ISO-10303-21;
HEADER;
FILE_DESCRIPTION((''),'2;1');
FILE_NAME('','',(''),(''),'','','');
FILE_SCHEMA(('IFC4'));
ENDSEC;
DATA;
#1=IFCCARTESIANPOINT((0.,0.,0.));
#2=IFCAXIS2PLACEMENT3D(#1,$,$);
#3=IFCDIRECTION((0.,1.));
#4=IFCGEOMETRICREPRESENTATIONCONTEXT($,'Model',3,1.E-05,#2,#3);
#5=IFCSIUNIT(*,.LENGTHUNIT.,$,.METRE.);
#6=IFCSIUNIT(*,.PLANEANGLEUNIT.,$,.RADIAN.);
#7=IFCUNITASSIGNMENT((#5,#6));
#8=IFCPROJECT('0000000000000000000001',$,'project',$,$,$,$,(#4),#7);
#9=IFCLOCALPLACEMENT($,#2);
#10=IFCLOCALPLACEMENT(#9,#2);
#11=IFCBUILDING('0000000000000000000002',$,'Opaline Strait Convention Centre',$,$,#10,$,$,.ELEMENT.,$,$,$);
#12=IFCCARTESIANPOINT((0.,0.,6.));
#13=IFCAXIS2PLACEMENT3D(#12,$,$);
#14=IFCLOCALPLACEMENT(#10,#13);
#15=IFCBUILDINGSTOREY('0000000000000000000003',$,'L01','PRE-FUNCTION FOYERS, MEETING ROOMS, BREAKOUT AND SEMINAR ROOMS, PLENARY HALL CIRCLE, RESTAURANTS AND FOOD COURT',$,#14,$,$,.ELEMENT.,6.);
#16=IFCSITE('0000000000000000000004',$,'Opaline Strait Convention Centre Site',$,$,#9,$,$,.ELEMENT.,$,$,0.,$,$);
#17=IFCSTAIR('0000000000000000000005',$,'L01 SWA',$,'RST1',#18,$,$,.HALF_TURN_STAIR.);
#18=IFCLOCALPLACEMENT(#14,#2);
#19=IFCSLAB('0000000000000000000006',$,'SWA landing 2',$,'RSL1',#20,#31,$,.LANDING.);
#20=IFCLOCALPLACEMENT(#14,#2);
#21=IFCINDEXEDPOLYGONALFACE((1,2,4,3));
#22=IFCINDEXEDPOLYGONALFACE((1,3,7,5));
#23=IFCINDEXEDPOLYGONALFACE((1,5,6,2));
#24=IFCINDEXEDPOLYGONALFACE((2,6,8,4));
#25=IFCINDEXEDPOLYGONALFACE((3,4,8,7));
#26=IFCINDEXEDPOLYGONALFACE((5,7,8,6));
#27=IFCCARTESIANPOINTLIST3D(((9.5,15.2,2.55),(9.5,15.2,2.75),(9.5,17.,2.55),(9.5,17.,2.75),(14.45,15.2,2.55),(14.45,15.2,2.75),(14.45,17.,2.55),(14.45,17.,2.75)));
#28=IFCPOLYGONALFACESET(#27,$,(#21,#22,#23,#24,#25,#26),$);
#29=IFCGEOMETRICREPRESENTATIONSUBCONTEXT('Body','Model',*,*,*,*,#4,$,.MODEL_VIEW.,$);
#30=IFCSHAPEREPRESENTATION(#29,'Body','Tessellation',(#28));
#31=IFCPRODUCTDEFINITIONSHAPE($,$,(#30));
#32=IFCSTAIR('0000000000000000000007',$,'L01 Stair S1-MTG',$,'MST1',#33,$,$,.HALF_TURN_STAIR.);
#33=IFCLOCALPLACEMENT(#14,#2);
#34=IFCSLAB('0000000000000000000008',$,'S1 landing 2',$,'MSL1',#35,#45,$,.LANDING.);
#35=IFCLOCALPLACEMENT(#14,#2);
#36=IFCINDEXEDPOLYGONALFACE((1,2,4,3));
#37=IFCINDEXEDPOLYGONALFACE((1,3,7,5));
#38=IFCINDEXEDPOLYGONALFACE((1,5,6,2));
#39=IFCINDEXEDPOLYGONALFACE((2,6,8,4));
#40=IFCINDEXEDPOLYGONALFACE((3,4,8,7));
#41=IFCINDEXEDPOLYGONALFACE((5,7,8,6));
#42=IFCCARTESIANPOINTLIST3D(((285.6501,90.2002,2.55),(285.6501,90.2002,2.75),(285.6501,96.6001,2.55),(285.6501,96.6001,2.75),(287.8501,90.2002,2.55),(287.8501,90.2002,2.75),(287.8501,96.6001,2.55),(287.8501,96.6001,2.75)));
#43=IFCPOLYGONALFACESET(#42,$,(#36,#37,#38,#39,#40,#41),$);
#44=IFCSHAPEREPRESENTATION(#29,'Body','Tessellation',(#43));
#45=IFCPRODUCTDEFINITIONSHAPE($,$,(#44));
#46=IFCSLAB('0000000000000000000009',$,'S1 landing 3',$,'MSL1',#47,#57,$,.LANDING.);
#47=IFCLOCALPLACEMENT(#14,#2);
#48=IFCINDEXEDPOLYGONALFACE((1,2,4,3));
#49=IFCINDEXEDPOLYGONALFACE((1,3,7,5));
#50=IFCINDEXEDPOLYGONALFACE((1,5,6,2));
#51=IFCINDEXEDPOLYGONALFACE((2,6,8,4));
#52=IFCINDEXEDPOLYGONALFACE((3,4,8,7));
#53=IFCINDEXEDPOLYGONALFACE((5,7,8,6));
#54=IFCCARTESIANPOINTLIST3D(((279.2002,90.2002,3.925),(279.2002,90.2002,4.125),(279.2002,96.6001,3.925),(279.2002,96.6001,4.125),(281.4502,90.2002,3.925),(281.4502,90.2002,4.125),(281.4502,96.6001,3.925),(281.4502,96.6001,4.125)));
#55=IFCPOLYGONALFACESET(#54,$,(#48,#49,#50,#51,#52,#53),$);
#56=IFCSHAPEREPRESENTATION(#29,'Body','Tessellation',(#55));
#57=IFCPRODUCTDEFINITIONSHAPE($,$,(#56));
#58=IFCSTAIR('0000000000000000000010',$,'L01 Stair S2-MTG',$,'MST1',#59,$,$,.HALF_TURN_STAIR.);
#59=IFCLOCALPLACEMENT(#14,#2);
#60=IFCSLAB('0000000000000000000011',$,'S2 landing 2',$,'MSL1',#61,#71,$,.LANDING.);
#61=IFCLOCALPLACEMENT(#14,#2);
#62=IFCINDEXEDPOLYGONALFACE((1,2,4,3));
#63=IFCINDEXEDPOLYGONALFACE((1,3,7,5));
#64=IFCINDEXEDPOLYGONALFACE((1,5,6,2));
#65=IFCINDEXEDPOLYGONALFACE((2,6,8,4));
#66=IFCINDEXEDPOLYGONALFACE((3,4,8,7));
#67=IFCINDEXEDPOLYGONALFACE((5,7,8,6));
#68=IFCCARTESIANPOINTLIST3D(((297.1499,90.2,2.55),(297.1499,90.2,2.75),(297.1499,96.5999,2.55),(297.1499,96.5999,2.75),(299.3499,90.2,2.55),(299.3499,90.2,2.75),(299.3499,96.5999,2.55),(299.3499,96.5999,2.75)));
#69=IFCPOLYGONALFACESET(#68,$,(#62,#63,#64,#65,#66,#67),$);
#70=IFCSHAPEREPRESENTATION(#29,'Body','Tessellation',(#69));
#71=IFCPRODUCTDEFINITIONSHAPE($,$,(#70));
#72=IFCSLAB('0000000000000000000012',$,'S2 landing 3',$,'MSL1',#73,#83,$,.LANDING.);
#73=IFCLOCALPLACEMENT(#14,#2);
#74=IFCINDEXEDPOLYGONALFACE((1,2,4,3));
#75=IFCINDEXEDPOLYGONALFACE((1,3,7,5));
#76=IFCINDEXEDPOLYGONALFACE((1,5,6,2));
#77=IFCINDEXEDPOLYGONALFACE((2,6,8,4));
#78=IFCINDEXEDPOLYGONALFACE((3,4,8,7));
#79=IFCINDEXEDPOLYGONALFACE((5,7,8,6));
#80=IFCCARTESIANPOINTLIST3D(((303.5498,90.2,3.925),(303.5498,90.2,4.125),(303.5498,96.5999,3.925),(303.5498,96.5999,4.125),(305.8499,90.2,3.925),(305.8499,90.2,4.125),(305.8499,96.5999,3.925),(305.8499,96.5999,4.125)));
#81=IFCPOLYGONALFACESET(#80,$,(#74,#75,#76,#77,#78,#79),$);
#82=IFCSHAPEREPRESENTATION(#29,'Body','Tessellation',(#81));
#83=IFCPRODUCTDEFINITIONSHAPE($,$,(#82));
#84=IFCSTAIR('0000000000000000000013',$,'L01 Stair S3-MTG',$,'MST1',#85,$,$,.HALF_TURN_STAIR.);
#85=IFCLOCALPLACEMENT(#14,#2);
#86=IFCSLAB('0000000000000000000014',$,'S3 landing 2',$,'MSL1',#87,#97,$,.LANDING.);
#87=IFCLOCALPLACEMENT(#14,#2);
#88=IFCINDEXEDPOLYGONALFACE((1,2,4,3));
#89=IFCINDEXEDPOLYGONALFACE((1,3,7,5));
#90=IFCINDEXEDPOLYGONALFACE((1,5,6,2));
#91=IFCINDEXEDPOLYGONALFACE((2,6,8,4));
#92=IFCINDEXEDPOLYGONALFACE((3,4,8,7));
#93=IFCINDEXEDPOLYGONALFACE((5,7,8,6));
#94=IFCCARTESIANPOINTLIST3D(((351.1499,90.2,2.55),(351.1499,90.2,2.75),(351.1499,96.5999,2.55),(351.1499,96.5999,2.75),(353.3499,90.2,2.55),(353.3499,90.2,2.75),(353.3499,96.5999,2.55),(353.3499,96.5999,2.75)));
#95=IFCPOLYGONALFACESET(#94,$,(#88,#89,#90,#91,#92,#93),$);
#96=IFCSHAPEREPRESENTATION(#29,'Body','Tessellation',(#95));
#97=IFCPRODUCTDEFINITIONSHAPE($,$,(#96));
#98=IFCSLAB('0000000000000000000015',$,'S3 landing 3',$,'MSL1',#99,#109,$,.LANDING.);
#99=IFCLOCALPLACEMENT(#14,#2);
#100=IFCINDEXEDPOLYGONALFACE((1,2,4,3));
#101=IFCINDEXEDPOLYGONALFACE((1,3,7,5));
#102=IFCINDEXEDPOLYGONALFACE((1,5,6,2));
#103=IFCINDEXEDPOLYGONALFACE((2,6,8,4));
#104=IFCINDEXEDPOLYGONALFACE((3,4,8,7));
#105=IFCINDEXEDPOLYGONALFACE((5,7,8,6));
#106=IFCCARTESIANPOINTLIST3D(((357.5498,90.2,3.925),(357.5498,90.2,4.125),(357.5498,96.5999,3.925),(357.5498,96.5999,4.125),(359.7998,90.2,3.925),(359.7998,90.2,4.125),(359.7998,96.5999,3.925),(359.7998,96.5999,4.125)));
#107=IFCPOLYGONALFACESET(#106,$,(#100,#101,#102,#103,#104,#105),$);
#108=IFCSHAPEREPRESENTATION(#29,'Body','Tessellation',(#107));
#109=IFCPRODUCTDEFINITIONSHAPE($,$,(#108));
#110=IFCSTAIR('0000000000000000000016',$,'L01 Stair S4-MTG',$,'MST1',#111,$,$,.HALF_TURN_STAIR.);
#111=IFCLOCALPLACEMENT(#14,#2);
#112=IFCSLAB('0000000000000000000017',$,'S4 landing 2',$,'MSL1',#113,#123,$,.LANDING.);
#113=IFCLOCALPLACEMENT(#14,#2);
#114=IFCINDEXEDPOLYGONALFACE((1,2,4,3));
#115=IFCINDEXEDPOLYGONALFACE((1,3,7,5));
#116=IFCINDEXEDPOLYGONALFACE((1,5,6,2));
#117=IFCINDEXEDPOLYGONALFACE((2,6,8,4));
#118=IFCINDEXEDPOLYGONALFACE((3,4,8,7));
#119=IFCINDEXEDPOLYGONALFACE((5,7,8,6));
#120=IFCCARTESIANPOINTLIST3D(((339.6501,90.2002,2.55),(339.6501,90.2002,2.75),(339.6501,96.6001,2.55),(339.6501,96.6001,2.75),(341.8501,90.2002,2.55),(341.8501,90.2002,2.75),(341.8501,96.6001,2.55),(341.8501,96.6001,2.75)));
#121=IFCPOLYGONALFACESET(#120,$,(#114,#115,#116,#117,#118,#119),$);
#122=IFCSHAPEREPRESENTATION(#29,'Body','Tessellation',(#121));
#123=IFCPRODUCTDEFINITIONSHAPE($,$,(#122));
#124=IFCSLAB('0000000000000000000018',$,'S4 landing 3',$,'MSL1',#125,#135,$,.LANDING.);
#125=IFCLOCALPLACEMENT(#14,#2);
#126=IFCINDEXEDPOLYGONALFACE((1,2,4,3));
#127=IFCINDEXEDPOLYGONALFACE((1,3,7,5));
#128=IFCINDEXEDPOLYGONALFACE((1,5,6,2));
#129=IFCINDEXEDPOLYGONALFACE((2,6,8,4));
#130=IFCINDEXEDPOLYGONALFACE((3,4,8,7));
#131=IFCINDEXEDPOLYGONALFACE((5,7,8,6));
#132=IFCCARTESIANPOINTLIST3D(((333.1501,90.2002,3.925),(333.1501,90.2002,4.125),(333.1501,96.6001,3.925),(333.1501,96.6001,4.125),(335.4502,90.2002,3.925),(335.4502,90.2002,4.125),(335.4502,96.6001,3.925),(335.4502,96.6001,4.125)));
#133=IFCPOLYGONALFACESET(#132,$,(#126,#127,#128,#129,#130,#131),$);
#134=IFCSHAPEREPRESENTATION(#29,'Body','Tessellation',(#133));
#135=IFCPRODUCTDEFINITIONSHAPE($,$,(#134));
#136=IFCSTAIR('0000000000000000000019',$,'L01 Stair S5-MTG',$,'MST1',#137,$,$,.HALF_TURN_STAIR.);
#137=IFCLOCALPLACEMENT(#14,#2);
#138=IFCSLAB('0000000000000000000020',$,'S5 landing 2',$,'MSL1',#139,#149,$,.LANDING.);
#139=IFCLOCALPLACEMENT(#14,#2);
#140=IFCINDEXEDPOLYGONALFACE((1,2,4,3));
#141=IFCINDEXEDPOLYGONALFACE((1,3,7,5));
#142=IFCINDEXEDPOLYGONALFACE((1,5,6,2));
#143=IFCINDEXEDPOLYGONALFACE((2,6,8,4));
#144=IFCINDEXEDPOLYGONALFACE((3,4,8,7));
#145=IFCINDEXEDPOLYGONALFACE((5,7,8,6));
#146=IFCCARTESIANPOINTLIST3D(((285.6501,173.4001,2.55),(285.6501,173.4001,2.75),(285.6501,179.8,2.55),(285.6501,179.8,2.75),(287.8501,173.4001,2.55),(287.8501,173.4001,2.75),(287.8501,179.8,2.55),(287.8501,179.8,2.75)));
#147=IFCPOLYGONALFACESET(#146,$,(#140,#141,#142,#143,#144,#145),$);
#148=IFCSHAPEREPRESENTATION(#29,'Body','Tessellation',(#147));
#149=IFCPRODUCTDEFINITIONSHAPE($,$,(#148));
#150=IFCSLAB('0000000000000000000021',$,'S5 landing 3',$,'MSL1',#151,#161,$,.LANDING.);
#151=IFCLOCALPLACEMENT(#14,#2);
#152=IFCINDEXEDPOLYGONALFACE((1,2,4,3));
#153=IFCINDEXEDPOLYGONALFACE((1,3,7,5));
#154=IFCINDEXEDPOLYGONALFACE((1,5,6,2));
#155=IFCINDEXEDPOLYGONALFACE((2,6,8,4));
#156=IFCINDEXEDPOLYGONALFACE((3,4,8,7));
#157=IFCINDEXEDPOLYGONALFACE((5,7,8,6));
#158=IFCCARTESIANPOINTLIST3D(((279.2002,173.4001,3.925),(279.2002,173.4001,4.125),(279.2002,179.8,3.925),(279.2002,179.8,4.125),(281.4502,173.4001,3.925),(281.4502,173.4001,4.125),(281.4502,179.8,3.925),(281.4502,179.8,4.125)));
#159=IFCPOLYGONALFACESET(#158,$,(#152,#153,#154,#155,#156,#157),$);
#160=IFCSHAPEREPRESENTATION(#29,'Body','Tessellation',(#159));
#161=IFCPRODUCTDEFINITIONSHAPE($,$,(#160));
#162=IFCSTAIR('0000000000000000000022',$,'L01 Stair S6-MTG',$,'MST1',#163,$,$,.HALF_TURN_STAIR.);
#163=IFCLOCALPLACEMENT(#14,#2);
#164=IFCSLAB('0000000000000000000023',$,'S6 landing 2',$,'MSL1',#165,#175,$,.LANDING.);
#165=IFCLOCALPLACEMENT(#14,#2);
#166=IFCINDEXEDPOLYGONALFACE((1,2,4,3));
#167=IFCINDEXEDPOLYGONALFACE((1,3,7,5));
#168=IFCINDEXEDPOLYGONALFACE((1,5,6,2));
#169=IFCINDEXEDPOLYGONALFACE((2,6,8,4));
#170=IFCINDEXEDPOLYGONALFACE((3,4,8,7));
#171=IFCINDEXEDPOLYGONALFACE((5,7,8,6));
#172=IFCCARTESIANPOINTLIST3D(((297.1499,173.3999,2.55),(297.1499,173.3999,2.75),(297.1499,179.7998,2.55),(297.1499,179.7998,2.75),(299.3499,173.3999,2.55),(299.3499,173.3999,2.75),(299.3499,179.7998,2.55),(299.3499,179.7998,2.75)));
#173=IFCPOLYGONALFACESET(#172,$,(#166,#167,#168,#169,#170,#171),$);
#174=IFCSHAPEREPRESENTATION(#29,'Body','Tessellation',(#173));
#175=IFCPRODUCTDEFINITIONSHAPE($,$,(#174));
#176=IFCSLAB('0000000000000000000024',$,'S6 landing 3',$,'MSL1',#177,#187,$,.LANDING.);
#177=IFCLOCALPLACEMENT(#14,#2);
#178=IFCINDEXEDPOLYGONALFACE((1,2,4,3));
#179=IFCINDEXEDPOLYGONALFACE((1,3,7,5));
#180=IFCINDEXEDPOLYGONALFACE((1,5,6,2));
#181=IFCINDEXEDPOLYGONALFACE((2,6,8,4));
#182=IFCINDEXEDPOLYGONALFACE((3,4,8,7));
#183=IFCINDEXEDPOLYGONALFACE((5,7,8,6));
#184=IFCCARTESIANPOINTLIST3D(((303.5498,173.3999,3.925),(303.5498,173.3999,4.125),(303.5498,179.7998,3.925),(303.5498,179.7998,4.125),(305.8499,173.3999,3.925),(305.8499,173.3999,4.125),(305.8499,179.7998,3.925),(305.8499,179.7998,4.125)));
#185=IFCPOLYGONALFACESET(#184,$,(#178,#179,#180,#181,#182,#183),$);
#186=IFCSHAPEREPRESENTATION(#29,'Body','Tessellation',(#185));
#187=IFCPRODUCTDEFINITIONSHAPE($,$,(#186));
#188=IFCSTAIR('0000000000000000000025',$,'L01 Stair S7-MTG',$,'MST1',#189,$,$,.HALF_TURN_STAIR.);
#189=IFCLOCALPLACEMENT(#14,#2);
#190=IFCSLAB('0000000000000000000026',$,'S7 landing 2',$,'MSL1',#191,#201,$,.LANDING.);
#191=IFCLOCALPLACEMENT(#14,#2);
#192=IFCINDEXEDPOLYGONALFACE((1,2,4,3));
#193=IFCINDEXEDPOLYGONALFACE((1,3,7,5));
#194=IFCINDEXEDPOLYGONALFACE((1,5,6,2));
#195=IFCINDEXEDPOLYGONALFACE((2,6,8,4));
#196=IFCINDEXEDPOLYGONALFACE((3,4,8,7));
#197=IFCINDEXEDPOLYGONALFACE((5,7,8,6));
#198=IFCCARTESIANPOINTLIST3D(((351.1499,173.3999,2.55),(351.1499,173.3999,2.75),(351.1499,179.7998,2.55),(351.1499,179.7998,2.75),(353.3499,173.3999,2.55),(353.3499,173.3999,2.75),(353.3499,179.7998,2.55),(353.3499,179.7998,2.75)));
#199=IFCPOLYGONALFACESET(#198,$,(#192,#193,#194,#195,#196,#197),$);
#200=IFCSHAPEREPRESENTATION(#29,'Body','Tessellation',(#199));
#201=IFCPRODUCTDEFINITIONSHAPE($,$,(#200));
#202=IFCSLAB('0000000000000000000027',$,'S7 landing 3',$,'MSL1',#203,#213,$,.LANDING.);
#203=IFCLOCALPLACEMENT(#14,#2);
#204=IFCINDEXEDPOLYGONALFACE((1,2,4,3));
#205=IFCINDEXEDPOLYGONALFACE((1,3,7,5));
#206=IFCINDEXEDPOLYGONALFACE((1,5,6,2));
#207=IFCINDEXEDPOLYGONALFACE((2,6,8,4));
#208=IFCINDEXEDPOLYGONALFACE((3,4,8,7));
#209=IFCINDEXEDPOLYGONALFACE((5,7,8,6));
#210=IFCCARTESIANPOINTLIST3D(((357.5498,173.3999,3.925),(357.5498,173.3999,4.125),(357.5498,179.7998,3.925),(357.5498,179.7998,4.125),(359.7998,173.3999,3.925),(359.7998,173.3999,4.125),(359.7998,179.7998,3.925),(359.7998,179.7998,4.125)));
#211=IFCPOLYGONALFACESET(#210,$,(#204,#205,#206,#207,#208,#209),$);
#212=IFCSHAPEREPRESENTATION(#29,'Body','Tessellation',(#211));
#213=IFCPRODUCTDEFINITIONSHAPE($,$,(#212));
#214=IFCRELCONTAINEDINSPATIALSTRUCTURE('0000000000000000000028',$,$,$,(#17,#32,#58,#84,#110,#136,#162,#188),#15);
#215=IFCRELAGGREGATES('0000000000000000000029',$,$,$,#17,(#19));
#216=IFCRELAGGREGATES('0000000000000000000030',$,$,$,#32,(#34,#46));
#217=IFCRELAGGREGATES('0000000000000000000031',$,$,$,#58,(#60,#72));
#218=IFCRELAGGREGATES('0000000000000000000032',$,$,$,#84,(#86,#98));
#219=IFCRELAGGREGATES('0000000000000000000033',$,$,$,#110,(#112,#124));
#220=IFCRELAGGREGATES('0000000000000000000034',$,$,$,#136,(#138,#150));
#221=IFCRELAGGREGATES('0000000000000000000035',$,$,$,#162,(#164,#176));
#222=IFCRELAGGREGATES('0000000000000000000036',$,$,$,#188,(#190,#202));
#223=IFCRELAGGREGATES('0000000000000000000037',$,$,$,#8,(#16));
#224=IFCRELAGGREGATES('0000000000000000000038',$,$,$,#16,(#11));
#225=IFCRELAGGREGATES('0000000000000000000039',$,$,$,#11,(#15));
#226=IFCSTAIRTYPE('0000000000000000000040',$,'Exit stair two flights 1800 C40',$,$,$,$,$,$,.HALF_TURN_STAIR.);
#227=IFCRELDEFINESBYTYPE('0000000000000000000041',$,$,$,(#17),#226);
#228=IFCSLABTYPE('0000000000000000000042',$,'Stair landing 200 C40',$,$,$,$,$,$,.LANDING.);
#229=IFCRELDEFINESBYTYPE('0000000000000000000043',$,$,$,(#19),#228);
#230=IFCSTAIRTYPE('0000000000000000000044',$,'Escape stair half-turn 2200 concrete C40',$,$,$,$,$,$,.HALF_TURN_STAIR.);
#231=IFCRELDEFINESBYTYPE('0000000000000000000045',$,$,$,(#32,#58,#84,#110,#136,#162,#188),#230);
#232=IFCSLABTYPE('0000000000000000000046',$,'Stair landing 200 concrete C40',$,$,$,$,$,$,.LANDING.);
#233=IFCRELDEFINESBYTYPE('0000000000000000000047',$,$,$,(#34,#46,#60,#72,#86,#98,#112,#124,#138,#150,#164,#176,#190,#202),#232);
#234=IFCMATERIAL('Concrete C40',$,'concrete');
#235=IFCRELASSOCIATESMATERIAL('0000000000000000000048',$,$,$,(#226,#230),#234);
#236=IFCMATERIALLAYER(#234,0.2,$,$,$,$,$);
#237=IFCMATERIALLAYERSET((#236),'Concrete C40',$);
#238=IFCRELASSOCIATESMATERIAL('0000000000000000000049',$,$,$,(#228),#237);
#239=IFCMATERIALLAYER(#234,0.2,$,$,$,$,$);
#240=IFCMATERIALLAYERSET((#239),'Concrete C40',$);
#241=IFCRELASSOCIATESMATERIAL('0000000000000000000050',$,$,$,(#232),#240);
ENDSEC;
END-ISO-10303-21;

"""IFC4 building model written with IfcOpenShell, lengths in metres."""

from ifc_helpers import new_model, si_unit, direction, frame, origin, place, context, subcontext, project, spatial, polyline, outline, extrude, material, layer, layer_set, type_object, element, aggregate, save


model = new_model("IFC4")

# Units and contexts
model_context = context("Model", 3, precision=1e-05, world=origin(), true_north=direction((0.0, 1.0)))
body_context = subcontext(model_context, "Body", "Model", "MODEL_VIEW")
ifc_project = project(units=[si_unit("LENGTHUNIT", "METRE"), si_unit("PLANEANGLEUNIT", "RADIAN")], contexts=[model_context])

# Site, building, storey
site_placement = place(None, origin())
site = spatial("IfcSite", under=ifc_project, at=site_placement, Name="Opaline Strait Convention Centre Site", CompositionType="ELEMENT", RefElevation=0.0)
building_placement = place(site_placement, origin())
building = spatial("IfcBuilding", under=site, at=building_placement, Name="Opaline Strait Convention Centre", CompositionType="ELEMENT")
storey_placement = place(building_placement, frame((0.0, 0.0, 6.0)))
storey = spatial("IfcBuildingStorey", under=building, at=storey_placement, Name="L01", Description="PRE-FUNCTION FOYERS, MEETING ROOMS, BREAKOUT AND SEMINAR ROOMS, PLENARY HALL CIRCLE, RESTAURANTS AND FOOD COURT", CompositionType="ELEMENT", Elevation=6.0)

# Stair, slab
ifc_material = material(Name="Concrete C40", Category="concrete")
stair_type_1 = type_object("IfcStairType", Name="Exit stair two flights 1800 C40", PredefinedType="HALF_TURN_STAIR", material=ifc_material)
stair_1_placement = place(storey_placement, origin())
stair_1 = element("IfcStair", 1, at=stair_1_placement, inside=storey, type_object=stair_type_1, Name="L01 SWA", ObjectType="RST1", PredefinedType="HALF_TURN_STAIR")
ifc_layer_1 = layer(ifc_material, 0.2)
ifc_layer_set_1 = layer_set([ifc_layer_1], Name="Concrete C40")
slab_type_1 = type_object("IfcSlabType", Name="Stair landing 200 C40", PredefinedType="LANDING", material=ifc_layer_set_1)
slab_1_placement = place(storey_placement, frame((0.0, 0.0, 2.55)))
slab_1 = element("IfcSlab", 2, at=slab_1_placement, type_object=slab_type_1, Name="SWA landing 2", ObjectType="RSL1", PredefinedType="LANDING", context=body_context, shape_type="SweptSolid", body=[
    extrude(outline(polyline([(9.5, 17.0), (9.5, 15.2), (14.45, 15.2), (14.45, 17.0), (9.5, 17.0)])), origin(), (0.0, 0.0, 1.0), 0.2),
])
aggregate(stair_1, [slab_1])

# Stairs, slabs
stair_type_2 = type_object("IfcStairType", Name="Escape stair half-turn 2200 concrete C40", PredefinedType="HALF_TURN_STAIR", material=ifc_material)
stair_2_placement = place(storey_placement, origin())
stair_2 = element("IfcStair", 3, at=stair_2_placement, inside=storey, type_object=stair_type_2, Name="L01 Stair S1-MTG", ObjectType="MST1", PredefinedType="HALF_TURN_STAIR")
ifc_layer_2 = layer(ifc_material, 0.2)
ifc_layer_set_2 = layer_set([ifc_layer_2], Name="Concrete C40")
slab_type_2 = type_object("IfcSlabType", Name="Stair landing 200 concrete C40", PredefinedType="LANDING", material=ifc_layer_set_2)
slab_2_placement = place(storey_placement, frame((0.0, 0.0, 2.55)))
slab_2 = element("IfcSlab", 4, at=slab_2_placement, type_object=slab_type_2, Name="S1 landing 2", ObjectType="MSL1", PredefinedType="LANDING", context=body_context, shape_type="SweptSolid", body=[
    extrude(outline(polyline([(287.8501, 96.6001), (285.6501, 96.6001), (285.6501, 90.2002), (287.8501, 90.2002), (287.8501, 96.6001)])), origin(), (0.0, 0.0, 1.0), 0.2),
])
slab_3_placement = place(storey_placement, frame((0.0, 0.0, 3.925)))
slab_3 = element("IfcSlab", 5, at=slab_3_placement, type_object=slab_type_2, Name="S1 landing 3", ObjectType="MSL1", PredefinedType="LANDING", context=body_context, shape_type="SweptSolid", body=[
    extrude(outline(polyline([(281.4502, 96.6001), (279.2002, 96.6001), (279.2002, 90.2002), (281.4502, 90.2002), (281.4502, 96.6001)])), origin(), (0.0, 0.0, 1.0), 0.2),
])
aggregate(stair_2, [slab_2, slab_3])
stair_3_placement = place(storey_placement, origin())
stair_3 = element("IfcStair", 6, at=stair_3_placement, inside=storey, type_object=stair_type_2, Name="L01 Stair S2-MTG", ObjectType="MST1", PredefinedType="HALF_TURN_STAIR")
slab_4_placement = place(storey_placement, frame((0.0, 0.0, 2.55)))
slab_4 = element("IfcSlab", 7, at=slab_4_placement, type_object=slab_type_2, Name="S2 landing 2", ObjectType="MSL1", PredefinedType="LANDING", context=body_context, shape_type="SweptSolid", body=[
    extrude(outline(polyline([(297.1499, 90.2), (299.3499, 90.2), (299.3499, 96.5999), (297.1499, 96.5999), (297.1499, 90.2)])), origin(), (0.0, 0.0, 1.0), 0.2),
])
slab_5_placement = place(storey_placement, frame((0.0, 0.0, 3.925)))
slab_5 = element("IfcSlab", 8, at=slab_5_placement, type_object=slab_type_2, Name="S2 landing 3", ObjectType="MSL1", PredefinedType="LANDING", context=body_context, shape_type="SweptSolid", body=[
    extrude(outline(polyline([(303.5498, 90.2), (305.8499, 90.2), (305.8499, 96.5999), (303.5498, 96.5999), (303.5498, 90.2)])), origin(), (0.0, 0.0, 1.0), 0.2),
])
aggregate(stair_3, [slab_4, slab_5])
stair_4_placement = place(storey_placement, origin())
stair_4 = element("IfcStair", 9, at=stair_4_placement, inside=storey, type_object=stair_type_2, Name="L01 Stair S3-MTG", ObjectType="MST1", PredefinedType="HALF_TURN_STAIR")
slab_6_placement = place(storey_placement, frame((0.0, 0.0, 2.55)))
slab_6 = element("IfcSlab", 10, at=slab_6_placement, type_object=slab_type_2, Name="S3 landing 2", ObjectType="MSL1", PredefinedType="LANDING", context=body_context, shape_type="SweptSolid", body=[
    extrude(outline(polyline([(351.1499, 90.2), (353.3499, 90.2), (353.3499, 96.5999), (351.1499, 96.5999), (351.1499, 90.2)])), origin(), (0.0, 0.0, 1.0), 0.2),
])
slab_7_placement = place(storey_placement, frame((0.0, 0.0, 3.925)))
slab_7 = element("IfcSlab", 11, at=slab_7_placement, type_object=slab_type_2, Name="S3 landing 3", ObjectType="MSL1", PredefinedType="LANDING", context=body_context, shape_type="SweptSolid", body=[
    extrude(outline(polyline([(357.5498, 90.2), (359.7998, 90.2), (359.7998, 96.5999), (357.5498, 96.5999), (357.5498, 90.2)])), origin(), (0.0, 0.0, 1.0), 0.2),
])
aggregate(stair_4, [slab_6, slab_7])
stair_5_placement = place(storey_placement, origin())
stair_5 = element("IfcStair", 12, at=stair_5_placement, inside=storey, type_object=stair_type_2, Name="L01 Stair S4-MTG", ObjectType="MST1", PredefinedType="HALF_TURN_STAIR")
slab_8_placement = place(storey_placement, frame((0.0, 0.0, 2.55)))
slab_8 = element("IfcSlab", 13, at=slab_8_placement, type_object=slab_type_2, Name="S4 landing 2", ObjectType="MSL1", PredefinedType="LANDING", context=body_context, shape_type="SweptSolid", body=[
    extrude(outline(polyline([(341.8501, 96.6001), (339.6501, 96.6001), (339.6501, 90.2002), (341.8501, 90.2002), (341.8501, 96.6001)])), origin(), (0.0, 0.0, 1.0), 0.2),
])
slab_9_placement = place(storey_placement, frame((0.0, 0.0, 3.925)))
slab_9 = element("IfcSlab", 14, at=slab_9_placement, type_object=slab_type_2, Name="S4 landing 3", ObjectType="MSL1", PredefinedType="LANDING", context=body_context, shape_type="SweptSolid", body=[
    extrude(outline(polyline([(335.4502, 96.6001), (333.1501, 96.6001), (333.1501, 90.2002), (335.4502, 90.2002), (335.4502, 96.6001)])), origin(), (0.0, 0.0, 1.0), 0.2),
])
aggregate(stair_5, [slab_8, slab_9])
stair_6_placement = place(storey_placement, origin())
stair_6 = element("IfcStair", 15, at=stair_6_placement, inside=storey, type_object=stair_type_2, Name="L01 Stair S5-MTG", ObjectType="MST1", PredefinedType="HALF_TURN_STAIR")
slab_10_placement = place(storey_placement, frame((0.0, 0.0, 2.55)))
slab_10 = element("IfcSlab", 16, at=slab_10_placement, type_object=slab_type_2, Name="S5 landing 2", ObjectType="MSL1", PredefinedType="LANDING", context=body_context, shape_type="SweptSolid", body=[
    extrude(outline(polyline([(287.8501, 179.8), (285.6501, 179.8), (285.6501, 173.4001), (287.8501, 173.4001), (287.8501, 179.8)])), origin(), (0.0, 0.0, 1.0), 0.2),
])
slab_11_placement = place(storey_placement, frame((0.0, 0.0, 3.925)))
slab_11 = element("IfcSlab", 17, at=slab_11_placement, type_object=slab_type_2, Name="S5 landing 3", ObjectType="MSL1", PredefinedType="LANDING", context=body_context, shape_type="SweptSolid", body=[
    extrude(outline(polyline([(281.4502, 179.8), (279.2002, 179.8), (279.2002, 173.4001), (281.4502, 173.4001), (281.4502, 179.8)])), origin(), (0.0, 0.0, 1.0), 0.2),
])
aggregate(stair_6, [slab_10, slab_11])
stair_7_placement = place(storey_placement, origin())
stair_7 = element("IfcStair", 18, at=stair_7_placement, inside=storey, type_object=stair_type_2, Name="L01 Stair S6-MTG", ObjectType="MST1", PredefinedType="HALF_TURN_STAIR")
slab_12_placement = place(storey_placement, frame((0.0, 0.0, 2.55)))
slab_12 = element("IfcSlab", 19, at=slab_12_placement, type_object=slab_type_2, Name="S6 landing 2", ObjectType="MSL1", PredefinedType="LANDING", context=body_context, shape_type="SweptSolid", body=[
    extrude(outline(polyline([(297.1499, 173.3999), (299.3499, 173.3999), (299.3499, 179.7998), (297.1499, 179.7998), (297.1499, 173.3999)])), origin(), (0.0, 0.0, 1.0), 0.2),
])
slab_13_placement = place(storey_placement, frame((0.0, 0.0, 3.925)))
slab_13 = element("IfcSlab", 20, at=slab_13_placement, type_object=slab_type_2, Name="S6 landing 3", ObjectType="MSL1", PredefinedType="LANDING", context=body_context, shape_type="SweptSolid", body=[
    extrude(outline(polyline([(303.5498, 173.3999), (305.8499, 173.3999), (305.8499, 179.7998), (303.5498, 179.7998), (303.5498, 173.3999)])), origin(), (0.0, 0.0, 1.0), 0.2),
])
aggregate(stair_7, [slab_12, slab_13])
stair_8_placement = place(storey_placement, origin())
stair_8 = element("IfcStair", 21, at=stair_8_placement, inside=storey, type_object=stair_type_2, Name="L01 Stair S7-MTG", ObjectType="MST1", PredefinedType="HALF_TURN_STAIR")
slab_14_placement = place(storey_placement, frame((0.0, 0.0, 2.55)))
slab_14 = element("IfcSlab", 22, at=slab_14_placement, type_object=slab_type_2, Name="S7 landing 2", ObjectType="MSL1", PredefinedType="LANDING", context=body_context, shape_type="SweptSolid", body=[
    extrude(outline(polyline([(351.1499, 173.3999), (353.3499, 173.3999), (353.3499, 179.7998), (351.1499, 179.7998), (351.1499, 173.3999)])), origin(), (0.0, 0.0, 1.0), 0.2),
])
slab_15_placement = place(storey_placement, frame((0.0, 0.0, 3.925)))
slab_15 = element("IfcSlab", 23, at=slab_15_placement, type_object=slab_type_2, Name="S7 landing 3", ObjectType="MSL1", PredefinedType="LANDING", context=body_context, shape_type="SweptSolid", body=[
    extrude(outline(polyline([(357.5498, 173.3999), (359.7998, 173.3999), (359.7998, 179.7998), (357.5498, 179.7998), (357.5498, 173.3999)])), origin(), (0.0, 0.0, 1.0), 0.2),
])
aggregate(stair_8, [slab_14, slab_15])

save(model, "model.ifc")
